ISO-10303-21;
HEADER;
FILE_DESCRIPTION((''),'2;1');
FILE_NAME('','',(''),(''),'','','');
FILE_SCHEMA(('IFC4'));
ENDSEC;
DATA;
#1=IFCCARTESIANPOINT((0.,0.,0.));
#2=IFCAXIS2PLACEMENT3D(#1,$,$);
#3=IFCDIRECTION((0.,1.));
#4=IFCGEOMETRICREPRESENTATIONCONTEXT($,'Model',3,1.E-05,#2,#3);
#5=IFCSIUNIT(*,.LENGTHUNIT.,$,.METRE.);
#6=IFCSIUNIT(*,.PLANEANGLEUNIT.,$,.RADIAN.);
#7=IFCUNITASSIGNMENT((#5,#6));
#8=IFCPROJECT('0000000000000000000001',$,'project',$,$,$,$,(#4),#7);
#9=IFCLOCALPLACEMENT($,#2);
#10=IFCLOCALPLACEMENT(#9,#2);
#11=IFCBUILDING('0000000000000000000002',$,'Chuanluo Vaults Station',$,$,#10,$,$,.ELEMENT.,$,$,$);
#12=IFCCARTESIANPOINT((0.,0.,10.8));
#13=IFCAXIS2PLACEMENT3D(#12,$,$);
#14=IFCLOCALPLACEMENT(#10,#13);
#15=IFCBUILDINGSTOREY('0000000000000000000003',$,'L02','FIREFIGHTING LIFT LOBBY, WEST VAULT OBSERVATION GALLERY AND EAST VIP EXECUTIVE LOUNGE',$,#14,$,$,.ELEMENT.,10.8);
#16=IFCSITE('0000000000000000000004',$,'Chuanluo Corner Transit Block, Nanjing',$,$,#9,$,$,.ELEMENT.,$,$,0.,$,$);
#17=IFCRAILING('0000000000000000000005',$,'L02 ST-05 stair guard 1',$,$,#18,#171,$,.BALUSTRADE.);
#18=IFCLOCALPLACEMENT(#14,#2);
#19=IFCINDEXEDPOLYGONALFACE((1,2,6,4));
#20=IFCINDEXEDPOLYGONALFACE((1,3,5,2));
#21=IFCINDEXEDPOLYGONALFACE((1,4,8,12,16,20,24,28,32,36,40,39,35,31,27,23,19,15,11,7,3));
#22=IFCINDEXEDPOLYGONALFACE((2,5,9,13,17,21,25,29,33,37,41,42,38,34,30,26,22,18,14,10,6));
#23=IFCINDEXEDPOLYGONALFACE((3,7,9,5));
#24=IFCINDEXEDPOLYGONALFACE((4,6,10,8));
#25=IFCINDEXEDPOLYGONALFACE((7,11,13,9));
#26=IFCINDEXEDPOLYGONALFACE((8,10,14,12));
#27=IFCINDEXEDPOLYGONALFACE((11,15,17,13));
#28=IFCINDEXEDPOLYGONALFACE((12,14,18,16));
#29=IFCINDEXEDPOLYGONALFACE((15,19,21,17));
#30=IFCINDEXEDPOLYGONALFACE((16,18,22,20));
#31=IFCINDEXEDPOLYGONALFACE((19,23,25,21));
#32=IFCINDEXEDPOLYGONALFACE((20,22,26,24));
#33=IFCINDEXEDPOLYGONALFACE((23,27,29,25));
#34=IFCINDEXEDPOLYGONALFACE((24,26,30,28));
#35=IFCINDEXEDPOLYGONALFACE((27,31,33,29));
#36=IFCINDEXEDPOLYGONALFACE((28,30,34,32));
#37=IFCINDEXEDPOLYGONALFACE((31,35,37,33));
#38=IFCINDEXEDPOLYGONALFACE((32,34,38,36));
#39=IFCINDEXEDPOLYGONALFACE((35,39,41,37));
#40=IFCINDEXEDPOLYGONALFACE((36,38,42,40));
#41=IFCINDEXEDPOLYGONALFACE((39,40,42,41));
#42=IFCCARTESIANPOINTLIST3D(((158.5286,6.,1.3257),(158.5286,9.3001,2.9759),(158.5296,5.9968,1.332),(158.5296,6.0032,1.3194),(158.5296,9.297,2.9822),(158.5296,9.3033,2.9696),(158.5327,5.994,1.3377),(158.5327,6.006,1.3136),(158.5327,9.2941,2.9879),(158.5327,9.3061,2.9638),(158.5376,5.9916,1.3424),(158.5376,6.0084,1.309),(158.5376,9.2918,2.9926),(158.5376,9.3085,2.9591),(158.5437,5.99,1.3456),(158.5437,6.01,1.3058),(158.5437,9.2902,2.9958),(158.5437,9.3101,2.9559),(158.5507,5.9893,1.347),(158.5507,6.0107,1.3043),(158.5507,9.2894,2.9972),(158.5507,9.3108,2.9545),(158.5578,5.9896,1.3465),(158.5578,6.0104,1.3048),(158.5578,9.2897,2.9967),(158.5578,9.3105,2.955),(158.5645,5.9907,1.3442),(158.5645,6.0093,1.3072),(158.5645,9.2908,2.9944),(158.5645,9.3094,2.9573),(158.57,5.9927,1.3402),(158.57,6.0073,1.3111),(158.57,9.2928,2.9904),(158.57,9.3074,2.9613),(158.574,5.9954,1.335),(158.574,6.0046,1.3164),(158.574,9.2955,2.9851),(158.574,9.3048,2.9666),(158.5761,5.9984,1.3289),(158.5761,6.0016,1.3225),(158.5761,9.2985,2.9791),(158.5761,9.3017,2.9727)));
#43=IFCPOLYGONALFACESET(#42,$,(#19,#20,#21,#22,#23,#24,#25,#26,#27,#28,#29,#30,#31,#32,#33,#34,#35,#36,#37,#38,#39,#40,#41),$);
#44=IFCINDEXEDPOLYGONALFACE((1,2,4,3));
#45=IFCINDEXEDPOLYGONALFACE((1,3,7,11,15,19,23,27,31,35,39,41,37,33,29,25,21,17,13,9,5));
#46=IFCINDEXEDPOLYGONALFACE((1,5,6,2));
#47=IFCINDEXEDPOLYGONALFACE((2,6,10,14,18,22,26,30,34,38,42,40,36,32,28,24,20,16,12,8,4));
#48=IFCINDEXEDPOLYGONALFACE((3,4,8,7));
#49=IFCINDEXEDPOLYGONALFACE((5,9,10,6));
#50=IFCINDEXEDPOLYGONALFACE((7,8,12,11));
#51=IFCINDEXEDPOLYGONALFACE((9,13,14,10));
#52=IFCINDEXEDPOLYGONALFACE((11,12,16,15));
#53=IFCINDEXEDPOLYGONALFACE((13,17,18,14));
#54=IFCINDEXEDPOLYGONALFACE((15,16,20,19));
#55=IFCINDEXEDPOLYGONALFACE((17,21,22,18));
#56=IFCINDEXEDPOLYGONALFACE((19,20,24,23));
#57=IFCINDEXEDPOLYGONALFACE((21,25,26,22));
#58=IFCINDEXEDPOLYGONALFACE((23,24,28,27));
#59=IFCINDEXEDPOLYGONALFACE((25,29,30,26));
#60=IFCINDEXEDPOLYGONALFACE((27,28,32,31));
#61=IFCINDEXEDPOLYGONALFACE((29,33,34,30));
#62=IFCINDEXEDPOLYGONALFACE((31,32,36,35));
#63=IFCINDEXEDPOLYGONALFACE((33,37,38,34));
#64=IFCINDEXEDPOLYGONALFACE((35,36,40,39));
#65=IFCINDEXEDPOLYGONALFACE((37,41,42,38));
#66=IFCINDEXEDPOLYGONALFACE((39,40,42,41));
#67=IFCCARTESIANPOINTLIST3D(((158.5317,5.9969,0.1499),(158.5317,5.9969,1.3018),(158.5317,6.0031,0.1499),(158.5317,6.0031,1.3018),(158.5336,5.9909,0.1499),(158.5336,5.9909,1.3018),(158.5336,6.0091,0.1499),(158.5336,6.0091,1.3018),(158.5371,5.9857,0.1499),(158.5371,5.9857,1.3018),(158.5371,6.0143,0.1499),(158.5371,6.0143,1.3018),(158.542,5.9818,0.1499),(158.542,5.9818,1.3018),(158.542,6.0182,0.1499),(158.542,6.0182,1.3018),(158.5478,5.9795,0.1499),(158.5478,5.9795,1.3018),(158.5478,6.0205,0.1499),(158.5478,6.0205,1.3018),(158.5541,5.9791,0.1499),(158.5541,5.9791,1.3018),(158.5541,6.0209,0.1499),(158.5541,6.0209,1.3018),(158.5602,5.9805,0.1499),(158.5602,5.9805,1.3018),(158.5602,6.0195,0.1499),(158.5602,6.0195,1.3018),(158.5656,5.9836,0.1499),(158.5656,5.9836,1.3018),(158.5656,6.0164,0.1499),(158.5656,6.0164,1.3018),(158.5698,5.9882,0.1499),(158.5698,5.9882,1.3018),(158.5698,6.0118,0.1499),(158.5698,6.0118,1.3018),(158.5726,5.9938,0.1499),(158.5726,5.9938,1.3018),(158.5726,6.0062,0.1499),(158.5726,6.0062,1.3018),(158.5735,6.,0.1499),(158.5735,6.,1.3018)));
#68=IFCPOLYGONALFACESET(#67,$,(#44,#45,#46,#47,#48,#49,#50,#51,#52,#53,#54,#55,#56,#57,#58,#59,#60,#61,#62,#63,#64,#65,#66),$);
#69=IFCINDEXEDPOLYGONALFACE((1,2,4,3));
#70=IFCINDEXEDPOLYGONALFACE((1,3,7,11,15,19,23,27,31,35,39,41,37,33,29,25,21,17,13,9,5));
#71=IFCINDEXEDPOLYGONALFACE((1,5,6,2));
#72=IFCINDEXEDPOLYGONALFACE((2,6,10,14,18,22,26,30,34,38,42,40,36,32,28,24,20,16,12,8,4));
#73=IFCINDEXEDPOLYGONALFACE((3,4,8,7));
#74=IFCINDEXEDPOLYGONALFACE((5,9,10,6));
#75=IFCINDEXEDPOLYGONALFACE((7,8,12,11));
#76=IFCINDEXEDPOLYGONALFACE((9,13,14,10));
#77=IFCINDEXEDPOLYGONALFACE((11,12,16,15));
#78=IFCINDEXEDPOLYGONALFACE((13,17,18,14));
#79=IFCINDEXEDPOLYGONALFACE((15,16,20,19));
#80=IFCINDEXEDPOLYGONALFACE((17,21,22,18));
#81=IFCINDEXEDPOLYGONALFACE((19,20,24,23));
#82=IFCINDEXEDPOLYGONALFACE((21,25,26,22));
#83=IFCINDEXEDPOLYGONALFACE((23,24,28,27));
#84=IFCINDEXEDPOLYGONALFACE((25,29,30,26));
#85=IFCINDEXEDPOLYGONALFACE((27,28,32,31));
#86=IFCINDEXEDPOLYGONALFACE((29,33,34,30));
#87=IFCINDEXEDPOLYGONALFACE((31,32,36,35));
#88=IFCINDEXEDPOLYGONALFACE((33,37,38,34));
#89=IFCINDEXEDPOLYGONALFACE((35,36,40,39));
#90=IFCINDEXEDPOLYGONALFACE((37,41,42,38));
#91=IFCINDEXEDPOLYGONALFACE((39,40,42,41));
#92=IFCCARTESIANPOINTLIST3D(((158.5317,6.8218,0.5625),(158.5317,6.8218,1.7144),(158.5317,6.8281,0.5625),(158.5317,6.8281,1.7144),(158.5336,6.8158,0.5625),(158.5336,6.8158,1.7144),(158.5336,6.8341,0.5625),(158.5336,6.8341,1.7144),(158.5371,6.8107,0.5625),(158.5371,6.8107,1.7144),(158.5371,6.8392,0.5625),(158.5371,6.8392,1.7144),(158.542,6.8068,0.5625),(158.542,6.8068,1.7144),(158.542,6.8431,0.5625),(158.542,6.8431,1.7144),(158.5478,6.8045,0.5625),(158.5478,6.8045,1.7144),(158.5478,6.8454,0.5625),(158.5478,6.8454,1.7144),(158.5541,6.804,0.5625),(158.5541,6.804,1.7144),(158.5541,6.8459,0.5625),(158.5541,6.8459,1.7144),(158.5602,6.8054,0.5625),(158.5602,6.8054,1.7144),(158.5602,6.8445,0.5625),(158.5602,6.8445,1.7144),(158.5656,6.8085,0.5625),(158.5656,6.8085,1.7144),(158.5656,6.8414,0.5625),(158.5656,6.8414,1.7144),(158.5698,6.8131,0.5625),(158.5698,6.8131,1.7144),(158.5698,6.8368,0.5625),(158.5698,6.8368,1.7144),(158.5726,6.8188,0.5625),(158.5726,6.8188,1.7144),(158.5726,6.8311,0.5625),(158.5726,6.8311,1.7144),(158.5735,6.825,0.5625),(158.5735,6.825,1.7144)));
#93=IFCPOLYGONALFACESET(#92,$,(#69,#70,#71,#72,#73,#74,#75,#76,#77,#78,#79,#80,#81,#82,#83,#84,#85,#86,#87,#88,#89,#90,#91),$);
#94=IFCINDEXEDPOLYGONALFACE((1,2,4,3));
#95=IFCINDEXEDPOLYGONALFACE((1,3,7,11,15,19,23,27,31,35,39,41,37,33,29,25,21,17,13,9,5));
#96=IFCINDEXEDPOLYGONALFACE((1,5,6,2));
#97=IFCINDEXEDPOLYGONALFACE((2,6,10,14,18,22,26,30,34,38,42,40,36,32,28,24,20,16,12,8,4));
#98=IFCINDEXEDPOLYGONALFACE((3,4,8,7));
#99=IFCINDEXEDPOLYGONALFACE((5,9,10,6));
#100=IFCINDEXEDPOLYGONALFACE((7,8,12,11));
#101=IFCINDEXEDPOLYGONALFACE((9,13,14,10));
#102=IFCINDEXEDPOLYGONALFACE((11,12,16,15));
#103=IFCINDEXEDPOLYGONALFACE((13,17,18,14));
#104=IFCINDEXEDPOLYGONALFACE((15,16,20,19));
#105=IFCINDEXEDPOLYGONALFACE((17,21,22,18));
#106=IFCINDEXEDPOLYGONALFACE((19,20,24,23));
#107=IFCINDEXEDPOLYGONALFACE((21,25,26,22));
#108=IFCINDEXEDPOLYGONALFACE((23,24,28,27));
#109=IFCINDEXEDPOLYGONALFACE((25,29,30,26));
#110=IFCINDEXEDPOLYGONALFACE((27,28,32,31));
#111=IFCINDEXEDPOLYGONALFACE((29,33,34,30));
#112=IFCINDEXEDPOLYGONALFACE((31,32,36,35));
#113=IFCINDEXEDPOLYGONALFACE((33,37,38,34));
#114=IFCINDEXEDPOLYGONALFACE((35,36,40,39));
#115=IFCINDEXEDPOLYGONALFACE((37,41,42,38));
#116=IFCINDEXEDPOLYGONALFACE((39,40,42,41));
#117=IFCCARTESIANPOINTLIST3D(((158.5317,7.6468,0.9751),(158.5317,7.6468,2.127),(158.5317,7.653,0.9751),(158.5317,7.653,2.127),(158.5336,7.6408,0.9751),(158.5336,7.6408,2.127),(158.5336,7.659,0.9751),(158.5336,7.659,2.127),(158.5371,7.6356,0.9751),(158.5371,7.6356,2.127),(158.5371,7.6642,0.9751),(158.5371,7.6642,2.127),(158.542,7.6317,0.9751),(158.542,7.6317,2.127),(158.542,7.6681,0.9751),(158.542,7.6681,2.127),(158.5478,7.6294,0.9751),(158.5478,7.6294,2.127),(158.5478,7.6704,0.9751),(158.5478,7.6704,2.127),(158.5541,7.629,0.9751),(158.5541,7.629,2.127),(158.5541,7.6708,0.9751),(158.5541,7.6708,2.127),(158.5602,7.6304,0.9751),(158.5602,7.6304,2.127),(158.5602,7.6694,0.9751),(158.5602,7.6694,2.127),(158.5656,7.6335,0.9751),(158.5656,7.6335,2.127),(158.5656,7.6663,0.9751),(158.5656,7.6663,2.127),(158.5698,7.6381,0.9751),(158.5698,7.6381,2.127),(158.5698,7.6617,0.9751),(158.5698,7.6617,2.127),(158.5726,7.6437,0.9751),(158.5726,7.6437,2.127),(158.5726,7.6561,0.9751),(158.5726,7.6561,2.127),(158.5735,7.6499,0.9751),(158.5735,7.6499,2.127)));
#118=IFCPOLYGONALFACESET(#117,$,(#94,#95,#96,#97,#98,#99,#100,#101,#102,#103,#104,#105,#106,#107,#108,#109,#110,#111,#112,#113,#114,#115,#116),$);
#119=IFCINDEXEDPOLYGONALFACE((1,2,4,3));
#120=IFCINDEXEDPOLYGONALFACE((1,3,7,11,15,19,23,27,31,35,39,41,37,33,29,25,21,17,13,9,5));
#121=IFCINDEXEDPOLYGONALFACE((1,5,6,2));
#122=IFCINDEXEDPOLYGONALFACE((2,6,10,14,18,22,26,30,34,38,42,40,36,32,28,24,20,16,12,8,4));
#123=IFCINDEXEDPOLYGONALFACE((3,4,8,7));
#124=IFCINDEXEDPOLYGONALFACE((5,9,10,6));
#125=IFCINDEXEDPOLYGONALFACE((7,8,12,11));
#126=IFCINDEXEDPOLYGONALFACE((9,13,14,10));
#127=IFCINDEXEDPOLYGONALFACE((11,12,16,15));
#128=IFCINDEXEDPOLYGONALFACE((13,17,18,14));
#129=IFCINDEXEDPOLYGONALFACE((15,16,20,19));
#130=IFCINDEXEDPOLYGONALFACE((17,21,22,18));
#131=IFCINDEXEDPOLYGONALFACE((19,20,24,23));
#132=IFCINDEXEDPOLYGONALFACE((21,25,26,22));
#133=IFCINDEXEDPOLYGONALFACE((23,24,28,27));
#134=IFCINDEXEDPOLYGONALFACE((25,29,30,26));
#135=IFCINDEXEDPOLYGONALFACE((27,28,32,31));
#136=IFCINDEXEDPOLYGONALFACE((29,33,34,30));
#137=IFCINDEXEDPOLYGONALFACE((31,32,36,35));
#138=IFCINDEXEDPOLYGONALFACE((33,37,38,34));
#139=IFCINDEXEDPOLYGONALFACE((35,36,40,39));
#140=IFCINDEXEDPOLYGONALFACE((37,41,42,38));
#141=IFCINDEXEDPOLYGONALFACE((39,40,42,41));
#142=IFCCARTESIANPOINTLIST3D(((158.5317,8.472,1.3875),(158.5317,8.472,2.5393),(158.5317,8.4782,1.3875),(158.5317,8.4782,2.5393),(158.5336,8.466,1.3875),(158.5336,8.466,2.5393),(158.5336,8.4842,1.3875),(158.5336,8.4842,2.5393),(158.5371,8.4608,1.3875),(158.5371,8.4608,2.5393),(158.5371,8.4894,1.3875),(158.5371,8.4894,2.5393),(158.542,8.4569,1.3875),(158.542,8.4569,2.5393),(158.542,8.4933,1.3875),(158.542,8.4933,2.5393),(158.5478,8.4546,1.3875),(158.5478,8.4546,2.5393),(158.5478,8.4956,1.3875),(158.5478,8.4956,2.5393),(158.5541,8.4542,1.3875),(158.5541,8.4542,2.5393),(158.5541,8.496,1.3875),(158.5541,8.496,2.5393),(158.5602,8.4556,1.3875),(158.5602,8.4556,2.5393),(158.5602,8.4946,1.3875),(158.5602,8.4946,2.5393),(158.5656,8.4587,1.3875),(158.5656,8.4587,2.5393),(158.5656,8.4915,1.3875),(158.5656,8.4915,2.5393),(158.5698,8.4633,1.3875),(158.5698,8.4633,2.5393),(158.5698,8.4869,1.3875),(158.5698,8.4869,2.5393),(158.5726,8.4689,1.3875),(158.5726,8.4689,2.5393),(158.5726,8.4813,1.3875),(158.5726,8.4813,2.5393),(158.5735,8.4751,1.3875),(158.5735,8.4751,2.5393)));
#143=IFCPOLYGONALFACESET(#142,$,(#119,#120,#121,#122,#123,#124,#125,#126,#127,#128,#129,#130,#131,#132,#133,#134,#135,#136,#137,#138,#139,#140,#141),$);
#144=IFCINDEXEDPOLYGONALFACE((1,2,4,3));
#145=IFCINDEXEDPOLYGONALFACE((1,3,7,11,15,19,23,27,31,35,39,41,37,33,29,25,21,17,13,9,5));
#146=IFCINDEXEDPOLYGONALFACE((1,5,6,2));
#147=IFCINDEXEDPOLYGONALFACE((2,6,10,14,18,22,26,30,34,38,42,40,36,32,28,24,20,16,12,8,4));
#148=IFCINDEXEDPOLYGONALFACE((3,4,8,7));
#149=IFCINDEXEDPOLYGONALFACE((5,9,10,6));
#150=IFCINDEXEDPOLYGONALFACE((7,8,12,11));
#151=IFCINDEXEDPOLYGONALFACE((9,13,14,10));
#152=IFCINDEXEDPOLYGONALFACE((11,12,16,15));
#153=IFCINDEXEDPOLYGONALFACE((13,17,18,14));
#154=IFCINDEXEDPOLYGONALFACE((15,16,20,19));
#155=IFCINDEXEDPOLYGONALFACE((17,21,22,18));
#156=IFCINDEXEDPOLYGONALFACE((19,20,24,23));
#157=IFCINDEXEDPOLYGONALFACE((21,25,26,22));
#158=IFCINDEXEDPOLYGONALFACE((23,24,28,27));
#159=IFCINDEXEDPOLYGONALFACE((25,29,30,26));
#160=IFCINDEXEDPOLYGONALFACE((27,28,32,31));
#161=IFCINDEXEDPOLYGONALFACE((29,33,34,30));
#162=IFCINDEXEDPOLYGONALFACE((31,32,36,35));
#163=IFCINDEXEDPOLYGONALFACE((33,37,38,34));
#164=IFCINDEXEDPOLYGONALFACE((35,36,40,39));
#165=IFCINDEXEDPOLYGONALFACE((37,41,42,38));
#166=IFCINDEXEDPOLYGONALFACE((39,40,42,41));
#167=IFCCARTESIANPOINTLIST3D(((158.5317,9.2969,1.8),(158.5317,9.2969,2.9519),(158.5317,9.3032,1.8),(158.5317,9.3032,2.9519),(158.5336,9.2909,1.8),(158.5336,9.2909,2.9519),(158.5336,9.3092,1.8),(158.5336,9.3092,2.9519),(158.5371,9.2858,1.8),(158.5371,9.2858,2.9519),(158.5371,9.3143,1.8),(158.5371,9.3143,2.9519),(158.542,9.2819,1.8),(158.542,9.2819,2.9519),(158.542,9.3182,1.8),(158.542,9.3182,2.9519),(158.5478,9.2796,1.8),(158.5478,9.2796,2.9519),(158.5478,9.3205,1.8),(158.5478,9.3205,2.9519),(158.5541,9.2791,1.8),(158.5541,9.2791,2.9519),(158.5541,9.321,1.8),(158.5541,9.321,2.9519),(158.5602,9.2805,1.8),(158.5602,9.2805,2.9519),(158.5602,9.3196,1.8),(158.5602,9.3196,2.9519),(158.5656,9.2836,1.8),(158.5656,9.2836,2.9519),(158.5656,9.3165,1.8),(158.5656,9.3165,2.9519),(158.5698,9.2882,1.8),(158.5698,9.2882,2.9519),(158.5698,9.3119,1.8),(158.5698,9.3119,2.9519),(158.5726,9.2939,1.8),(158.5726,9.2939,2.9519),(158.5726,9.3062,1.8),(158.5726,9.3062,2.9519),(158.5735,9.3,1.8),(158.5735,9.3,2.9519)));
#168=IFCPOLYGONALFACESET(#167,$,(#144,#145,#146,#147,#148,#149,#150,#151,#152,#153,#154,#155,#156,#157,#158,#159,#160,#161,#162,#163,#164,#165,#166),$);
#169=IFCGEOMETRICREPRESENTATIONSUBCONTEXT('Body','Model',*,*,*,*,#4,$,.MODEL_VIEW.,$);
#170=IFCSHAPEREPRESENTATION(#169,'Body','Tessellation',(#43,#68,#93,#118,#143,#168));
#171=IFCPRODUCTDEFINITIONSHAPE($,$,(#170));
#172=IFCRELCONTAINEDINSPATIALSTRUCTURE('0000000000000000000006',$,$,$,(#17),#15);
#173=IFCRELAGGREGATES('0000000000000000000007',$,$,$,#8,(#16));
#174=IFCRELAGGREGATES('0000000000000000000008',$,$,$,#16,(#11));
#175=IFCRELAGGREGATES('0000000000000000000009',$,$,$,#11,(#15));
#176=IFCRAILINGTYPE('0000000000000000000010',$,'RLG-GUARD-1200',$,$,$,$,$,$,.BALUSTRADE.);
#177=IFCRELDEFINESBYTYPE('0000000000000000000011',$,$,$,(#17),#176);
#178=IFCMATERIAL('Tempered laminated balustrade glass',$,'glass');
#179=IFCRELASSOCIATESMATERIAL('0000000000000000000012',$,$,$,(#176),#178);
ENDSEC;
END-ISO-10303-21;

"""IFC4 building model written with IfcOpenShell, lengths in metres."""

from ifc_helpers import new_model, si_unit, direction, frame, origin, origin_2d, place, context, subcontext, project, spatial, circle, extrude, material, type_object, element, save


model = new_model("IFC4")

# Units and contexts
model_context = context("Model", 3, precision=1e-05, world=origin(), true_north=direction((0.0, 1.0)))
body_context = subcontext(model_context, "Body", "Model", "MODEL_VIEW")
ifc_project = project(units=[si_unit("LENGTHUNIT", "METRE"), si_unit("PLANEANGLEUNIT", "RADIAN")], contexts=[model_context])

# Site, building, storey
site_placement = place(None, origin())
site = spatial("IfcSite", under=ifc_project, at=site_placement, Name="Chuanluo Corner Transit Block, Nanjing", CompositionType="ELEMENT", RefElevation=0.0)
building_placement = place(site_placement, origin())
building = spatial("IfcBuilding", under=site, at=building_placement, Name="Chuanluo Vaults Station", CompositionType="ELEMENT")
storey_placement = place(building_placement, frame((0.0, 0.0, 10.8)))
storey = spatial("IfcBuildingStorey", under=building, at=storey_placement, Name="L02", Description="FIREFIGHTING LIFT LOBBY, WEST VAULT OBSERVATION GALLERY AND EAST VIP EXECUTIVE LOUNGE", CompositionType="ELEMENT", Elevation=10.8)

# Railing
ifc_material_1 = material(Name="Tempered laminated balustrade glass", Category="glass")
railing_type_1 = type_object("IfcRailingType", Name="RLG-GUARD-1200", PredefinedType="BALUSTRADE", material=ifc_material_1)
railing_1_placement = place(storey_placement, frame((158.5525, 6.0, 0.1499)))
element("IfcRailing", 1, at=railing_1_placement, inside=storey, type_object=railing_type_1, Name="L02 ST-05 stair guard 1", PredefinedType="BALUSTRADE", context=body_context, shape_type="SweptSolid", body=[
    extrude(circle(Radius=0.0239, at=origin_2d()), frame((0.0, 0.0, 1.1758), z_axis=(0.0, 0.894414, 0.44724), x_axis=(-1.0, 0.0, 0.0)), (0.0, 0.0, 1.0), 3.6897),
    extrude(circle(Radius=0.021, at=origin_2d()), origin(), (0.0, 0.0, 1.0), 1.1519),
    extrude(circle(Radius=0.021, at=origin_2d()), frame((0.0, 0.825, 0.4126)), (0.0, 0.0, 1.0), 1.1519),
    extrude(circle(Radius=0.021, at=origin_2d()), frame((0.0, 1.6499, 0.8252)), (0.0, 0.0, 1.0), 1.1519),
    extrude(circle(Radius=0.021, at=origin_2d()), frame((0.0, 2.4751, 1.2375)), (0.0, 0.0, 1.0), 1.1519),
    extrude(circle(Radius=0.021, at=origin_2d()), frame((0.0, 3.3, 1.6501)), (0.0, 0.0, 1.0), 1.1519),
])

save(model, "model.ifc")
